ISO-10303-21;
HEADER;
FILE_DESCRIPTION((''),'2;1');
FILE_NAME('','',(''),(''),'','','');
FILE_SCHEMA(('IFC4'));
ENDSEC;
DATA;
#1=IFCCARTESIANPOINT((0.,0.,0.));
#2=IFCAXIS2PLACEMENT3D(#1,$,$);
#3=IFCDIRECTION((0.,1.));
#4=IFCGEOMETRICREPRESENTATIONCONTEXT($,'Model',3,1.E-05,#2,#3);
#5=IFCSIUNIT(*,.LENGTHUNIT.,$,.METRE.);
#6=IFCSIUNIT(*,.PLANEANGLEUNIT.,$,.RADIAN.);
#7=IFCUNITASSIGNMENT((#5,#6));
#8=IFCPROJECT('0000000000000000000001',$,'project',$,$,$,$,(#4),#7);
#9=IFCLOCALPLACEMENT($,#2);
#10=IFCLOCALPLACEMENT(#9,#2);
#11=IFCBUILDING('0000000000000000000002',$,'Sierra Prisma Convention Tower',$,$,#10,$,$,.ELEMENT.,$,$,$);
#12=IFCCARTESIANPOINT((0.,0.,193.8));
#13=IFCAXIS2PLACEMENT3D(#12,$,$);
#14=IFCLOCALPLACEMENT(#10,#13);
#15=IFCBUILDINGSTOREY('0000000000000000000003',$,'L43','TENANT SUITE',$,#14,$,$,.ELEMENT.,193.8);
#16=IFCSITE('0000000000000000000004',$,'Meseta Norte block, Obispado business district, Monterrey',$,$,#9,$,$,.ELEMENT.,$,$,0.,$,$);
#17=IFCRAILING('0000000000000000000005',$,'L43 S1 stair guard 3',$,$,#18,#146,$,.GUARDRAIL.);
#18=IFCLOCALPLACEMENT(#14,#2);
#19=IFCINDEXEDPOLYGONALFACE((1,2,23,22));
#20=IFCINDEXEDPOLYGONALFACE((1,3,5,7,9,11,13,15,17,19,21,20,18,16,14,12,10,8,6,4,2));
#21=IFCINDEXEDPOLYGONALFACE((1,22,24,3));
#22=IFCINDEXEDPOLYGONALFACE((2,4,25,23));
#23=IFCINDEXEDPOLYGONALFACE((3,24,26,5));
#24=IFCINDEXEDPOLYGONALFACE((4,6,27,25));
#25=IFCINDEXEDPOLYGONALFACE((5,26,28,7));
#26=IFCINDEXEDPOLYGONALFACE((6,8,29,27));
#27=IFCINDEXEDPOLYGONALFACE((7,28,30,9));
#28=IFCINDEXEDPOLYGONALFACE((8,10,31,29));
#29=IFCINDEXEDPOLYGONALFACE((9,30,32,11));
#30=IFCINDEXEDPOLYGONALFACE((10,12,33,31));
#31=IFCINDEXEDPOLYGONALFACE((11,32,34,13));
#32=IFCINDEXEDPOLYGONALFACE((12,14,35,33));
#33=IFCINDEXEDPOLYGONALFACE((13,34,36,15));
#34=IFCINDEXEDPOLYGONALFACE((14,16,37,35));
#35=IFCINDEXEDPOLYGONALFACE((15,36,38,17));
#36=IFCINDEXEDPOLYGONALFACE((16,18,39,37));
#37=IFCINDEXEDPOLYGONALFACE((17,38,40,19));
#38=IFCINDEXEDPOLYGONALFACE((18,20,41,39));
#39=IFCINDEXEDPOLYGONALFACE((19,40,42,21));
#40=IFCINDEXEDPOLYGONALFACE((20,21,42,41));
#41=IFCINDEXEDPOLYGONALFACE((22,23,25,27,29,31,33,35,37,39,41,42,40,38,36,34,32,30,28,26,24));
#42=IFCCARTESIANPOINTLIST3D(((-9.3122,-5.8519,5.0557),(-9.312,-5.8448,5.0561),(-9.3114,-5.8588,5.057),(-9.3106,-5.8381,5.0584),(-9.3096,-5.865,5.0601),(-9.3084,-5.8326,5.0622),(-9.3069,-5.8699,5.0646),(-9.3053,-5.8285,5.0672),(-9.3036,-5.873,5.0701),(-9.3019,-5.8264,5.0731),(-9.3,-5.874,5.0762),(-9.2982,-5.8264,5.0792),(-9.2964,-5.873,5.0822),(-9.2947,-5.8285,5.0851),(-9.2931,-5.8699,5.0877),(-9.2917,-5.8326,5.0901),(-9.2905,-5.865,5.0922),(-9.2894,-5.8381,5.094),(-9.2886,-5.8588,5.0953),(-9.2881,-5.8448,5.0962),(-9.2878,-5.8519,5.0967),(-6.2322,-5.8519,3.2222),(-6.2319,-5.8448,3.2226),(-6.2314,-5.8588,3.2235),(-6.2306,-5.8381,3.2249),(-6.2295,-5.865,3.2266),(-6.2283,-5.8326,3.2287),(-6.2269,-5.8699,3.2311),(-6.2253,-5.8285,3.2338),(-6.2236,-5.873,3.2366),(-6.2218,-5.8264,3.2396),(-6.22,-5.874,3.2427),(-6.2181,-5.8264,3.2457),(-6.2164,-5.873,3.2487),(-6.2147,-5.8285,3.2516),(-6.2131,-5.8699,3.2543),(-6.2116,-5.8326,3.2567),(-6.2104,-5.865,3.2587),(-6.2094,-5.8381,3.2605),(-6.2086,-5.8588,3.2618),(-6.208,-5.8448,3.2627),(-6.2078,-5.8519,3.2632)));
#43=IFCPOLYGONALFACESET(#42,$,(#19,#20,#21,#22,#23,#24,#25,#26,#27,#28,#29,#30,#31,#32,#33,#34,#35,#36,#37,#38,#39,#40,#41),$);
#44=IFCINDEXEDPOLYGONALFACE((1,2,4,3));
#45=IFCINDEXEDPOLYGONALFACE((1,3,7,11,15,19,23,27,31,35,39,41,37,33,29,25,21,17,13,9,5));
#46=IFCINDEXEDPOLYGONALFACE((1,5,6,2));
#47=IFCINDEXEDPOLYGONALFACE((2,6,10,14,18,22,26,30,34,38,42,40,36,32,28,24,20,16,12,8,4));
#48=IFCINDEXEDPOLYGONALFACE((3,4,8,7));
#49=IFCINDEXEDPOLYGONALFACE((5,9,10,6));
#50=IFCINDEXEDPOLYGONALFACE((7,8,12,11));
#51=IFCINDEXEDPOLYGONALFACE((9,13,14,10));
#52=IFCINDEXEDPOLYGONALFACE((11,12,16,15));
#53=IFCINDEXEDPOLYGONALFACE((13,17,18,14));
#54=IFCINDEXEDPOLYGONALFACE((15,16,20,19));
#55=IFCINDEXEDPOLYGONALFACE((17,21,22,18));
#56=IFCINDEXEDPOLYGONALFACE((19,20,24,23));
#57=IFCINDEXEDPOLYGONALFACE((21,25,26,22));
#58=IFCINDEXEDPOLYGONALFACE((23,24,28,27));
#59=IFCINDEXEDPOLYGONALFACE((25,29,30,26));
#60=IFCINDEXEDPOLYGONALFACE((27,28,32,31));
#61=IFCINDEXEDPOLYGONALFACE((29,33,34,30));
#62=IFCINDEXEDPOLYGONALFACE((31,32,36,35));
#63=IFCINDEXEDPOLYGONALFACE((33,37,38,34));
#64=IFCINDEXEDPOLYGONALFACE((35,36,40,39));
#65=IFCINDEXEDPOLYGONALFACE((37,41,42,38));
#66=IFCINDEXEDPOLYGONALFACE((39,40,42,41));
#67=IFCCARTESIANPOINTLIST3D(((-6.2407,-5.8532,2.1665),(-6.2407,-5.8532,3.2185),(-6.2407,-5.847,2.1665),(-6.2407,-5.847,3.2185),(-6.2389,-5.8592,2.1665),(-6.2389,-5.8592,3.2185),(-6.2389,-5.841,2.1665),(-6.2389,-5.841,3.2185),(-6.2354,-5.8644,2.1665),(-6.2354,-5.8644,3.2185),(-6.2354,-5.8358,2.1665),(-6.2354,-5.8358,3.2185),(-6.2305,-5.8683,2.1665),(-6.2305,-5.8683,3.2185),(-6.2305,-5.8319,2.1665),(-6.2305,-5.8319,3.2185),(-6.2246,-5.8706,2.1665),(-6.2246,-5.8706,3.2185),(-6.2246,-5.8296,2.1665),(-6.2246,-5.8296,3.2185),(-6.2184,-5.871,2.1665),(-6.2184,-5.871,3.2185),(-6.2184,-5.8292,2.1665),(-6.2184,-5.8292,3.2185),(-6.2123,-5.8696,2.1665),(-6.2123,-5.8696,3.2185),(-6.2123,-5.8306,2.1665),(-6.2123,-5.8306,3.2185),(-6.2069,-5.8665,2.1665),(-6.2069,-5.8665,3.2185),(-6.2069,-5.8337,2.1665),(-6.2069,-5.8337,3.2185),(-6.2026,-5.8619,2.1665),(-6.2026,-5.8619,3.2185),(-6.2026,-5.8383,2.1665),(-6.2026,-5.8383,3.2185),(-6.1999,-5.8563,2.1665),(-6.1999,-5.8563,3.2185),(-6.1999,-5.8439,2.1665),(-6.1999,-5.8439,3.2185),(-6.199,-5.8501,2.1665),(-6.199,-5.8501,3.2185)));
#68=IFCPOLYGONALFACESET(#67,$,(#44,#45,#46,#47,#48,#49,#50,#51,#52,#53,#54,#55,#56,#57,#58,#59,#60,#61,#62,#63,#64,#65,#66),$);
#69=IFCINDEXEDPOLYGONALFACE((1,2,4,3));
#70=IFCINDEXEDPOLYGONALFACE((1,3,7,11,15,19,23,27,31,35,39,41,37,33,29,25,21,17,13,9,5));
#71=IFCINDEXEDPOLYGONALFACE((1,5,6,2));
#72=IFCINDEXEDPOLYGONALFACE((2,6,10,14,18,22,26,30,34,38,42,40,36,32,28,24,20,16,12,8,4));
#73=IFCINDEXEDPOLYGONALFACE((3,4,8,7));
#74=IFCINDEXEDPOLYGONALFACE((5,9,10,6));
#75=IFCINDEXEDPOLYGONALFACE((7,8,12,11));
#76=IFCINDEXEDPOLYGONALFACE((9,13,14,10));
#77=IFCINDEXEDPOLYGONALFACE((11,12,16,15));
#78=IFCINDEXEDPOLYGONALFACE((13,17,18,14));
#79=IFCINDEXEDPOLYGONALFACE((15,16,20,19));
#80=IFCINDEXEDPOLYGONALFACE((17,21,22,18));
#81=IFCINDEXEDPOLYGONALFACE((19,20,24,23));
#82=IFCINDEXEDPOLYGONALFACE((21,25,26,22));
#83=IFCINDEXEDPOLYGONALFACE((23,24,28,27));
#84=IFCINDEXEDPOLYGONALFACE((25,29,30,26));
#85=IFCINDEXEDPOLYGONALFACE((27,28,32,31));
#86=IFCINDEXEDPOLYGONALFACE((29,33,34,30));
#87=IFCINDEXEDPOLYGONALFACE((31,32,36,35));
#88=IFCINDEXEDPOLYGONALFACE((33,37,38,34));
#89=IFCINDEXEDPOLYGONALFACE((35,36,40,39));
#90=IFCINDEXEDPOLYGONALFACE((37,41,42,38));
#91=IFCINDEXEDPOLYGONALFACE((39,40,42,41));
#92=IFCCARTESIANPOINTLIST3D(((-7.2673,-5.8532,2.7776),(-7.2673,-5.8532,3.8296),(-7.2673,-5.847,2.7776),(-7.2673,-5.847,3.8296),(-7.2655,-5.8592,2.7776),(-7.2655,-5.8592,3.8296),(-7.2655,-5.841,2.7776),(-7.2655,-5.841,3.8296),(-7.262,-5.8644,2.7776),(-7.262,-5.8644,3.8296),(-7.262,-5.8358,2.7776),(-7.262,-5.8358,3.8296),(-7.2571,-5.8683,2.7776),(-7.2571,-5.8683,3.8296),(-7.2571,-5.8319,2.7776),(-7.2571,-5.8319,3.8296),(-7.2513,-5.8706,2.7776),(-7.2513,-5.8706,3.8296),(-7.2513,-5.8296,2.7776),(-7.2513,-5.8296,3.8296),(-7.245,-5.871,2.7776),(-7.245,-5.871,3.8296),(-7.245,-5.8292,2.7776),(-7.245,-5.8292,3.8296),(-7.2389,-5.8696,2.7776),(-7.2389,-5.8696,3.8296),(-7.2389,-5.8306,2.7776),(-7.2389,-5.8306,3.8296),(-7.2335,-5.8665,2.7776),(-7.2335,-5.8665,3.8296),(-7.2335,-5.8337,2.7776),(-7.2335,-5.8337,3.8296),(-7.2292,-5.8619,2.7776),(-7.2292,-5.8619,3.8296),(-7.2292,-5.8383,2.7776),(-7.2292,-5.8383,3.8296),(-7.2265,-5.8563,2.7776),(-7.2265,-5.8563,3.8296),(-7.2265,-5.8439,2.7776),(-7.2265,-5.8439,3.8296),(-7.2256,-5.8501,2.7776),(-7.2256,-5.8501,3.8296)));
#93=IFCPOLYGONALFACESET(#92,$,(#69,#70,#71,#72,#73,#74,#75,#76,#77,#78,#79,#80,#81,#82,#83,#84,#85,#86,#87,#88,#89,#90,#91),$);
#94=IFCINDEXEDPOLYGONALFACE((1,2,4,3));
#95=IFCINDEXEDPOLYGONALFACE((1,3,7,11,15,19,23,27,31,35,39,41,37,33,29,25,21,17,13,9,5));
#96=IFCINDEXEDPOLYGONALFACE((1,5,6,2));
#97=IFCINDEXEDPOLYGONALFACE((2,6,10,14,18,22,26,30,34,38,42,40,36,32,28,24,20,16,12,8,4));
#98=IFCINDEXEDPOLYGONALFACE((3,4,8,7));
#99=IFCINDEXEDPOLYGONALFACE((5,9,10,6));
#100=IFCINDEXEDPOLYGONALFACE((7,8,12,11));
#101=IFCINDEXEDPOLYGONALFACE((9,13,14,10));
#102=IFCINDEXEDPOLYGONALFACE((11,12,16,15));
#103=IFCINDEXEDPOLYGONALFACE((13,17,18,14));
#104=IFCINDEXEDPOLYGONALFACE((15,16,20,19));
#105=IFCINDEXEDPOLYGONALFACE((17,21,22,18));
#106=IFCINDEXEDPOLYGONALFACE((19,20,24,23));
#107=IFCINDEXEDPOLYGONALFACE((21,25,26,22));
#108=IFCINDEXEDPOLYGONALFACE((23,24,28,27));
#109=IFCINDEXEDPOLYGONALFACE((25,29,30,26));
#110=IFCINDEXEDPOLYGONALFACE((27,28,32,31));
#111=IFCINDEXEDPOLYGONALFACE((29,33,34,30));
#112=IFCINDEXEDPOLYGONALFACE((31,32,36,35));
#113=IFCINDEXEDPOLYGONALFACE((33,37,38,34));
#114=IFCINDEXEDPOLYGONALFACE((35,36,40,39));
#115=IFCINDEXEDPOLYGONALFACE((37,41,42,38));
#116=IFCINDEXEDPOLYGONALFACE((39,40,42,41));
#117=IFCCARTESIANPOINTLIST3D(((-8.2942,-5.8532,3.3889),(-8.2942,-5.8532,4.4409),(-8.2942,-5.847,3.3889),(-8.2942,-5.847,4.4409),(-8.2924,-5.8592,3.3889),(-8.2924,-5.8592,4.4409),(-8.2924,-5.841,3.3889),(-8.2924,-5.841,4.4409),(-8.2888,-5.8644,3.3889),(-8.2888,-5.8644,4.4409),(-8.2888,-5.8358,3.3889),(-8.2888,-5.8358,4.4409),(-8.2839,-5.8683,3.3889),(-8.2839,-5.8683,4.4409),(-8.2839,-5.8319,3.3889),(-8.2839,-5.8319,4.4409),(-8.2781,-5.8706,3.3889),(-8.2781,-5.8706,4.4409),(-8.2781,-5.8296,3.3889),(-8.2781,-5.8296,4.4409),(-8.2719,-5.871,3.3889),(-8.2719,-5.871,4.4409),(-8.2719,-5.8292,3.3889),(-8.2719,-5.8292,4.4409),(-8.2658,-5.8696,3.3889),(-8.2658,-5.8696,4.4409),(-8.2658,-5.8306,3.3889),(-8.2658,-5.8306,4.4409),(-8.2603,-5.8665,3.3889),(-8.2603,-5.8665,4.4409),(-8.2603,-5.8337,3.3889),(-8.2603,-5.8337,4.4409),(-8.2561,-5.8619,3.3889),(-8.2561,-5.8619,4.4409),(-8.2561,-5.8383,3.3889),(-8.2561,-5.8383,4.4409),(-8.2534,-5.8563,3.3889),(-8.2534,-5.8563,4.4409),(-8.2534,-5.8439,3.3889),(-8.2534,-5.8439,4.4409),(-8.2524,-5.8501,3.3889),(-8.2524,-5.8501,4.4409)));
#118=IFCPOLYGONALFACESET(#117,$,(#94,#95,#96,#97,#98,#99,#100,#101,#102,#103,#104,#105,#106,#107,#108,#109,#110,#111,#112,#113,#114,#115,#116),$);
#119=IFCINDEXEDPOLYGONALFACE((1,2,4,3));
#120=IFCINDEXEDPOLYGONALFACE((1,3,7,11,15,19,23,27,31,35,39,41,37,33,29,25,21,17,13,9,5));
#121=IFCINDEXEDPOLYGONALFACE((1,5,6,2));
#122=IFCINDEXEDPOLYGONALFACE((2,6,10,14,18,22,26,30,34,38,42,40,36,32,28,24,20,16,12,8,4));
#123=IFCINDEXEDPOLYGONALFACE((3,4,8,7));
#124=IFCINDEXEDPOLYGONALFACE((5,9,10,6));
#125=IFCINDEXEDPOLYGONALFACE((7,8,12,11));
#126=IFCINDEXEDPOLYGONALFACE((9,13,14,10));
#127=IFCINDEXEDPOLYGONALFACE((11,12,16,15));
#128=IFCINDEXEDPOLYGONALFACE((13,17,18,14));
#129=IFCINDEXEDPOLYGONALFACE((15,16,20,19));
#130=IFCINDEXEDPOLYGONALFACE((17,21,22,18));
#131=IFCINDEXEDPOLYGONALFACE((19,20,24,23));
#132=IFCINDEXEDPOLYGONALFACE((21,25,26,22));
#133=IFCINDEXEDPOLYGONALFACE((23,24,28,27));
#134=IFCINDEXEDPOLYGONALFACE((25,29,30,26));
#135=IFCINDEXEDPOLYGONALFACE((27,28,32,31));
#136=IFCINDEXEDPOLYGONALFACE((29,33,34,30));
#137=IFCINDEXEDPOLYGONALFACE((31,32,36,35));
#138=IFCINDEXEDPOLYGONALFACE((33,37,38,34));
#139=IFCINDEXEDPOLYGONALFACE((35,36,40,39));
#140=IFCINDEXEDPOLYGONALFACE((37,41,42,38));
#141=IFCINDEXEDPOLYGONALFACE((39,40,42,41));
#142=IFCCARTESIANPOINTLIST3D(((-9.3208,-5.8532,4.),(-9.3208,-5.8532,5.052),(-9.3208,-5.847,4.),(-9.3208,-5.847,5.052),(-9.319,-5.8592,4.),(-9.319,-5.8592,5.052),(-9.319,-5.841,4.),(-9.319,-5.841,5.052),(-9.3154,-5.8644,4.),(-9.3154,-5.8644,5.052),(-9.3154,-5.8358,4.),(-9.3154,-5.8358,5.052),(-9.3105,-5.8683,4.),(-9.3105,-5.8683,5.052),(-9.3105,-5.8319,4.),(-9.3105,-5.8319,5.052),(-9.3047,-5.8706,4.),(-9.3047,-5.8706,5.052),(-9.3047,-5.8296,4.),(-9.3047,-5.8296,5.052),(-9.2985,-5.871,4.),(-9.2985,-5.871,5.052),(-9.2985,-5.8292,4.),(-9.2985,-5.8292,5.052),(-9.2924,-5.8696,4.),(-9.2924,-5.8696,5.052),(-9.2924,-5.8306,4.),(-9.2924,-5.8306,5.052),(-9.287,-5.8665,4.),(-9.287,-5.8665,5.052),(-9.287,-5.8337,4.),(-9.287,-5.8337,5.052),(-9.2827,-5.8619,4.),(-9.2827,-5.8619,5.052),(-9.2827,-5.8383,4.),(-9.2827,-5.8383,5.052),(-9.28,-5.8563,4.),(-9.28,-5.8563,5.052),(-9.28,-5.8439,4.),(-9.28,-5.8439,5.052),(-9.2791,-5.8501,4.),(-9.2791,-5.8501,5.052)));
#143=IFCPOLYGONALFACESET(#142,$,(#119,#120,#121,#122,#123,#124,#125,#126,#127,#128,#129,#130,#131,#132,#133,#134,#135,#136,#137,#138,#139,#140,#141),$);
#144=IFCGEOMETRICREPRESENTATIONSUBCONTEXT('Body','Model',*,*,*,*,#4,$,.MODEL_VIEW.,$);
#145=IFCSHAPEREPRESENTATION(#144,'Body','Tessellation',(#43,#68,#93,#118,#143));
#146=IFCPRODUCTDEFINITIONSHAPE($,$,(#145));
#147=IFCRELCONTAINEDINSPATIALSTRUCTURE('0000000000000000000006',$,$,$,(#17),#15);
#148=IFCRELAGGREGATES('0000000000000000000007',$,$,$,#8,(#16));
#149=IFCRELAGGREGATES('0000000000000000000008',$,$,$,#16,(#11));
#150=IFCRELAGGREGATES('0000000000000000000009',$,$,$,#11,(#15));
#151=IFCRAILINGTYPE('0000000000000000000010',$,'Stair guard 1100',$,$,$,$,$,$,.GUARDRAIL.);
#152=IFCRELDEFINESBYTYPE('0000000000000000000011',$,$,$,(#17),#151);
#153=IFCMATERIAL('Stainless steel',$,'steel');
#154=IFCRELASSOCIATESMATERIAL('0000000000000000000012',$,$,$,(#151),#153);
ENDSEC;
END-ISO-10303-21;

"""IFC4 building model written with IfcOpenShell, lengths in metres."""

from ifc_helpers import new_model, si_unit, direction, frame, origin, origin_2d, place, context, subcontext, project, spatial, circle, extrude, material, type_object, element, save


model = new_model("IFC4")

# Units and contexts
model_context = context("Model", 3, precision=1e-05, world=origin(), true_north=direction((0.0, 1.0)))
body_context = subcontext(model_context, "Body", "Model", "MODEL_VIEW")
ifc_project = project(units=[si_unit("LENGTHUNIT", "METRE"), si_unit("PLANEANGLEUNIT", "RADIAN")], contexts=[model_context])

# Site, building, storey
site_placement = place(None, origin())
site = spatial("IfcSite", under=ifc_project, at=site_placement, Name="Meseta Norte block, Obispado business district, Monterrey", CompositionType="ELEMENT", RefElevation=0.0)
building_placement = place(site_placement, origin())
building = spatial("IfcBuilding", under=site, at=building_placement, Name="Sierra Prisma Convention Tower", CompositionType="ELEMENT")
storey_placement = place(building_placement, frame((0.0, 0.0, 193.8)))
storey = spatial("IfcBuildingStorey", under=building, at=storey_placement, Name="L43", Description="TENANT SUITE", CompositionType="ELEMENT", Elevation=193.8)

# Railing
ifc_material_1 = material(Name="Stainless steel", Category="steel")
railing_type_1 = type_object("IfcRailingType", Name="Stair guard 1100", PredefinedType="GUARDRAIL", material=ifc_material_1)
railing_1_placement = place(storey_placement, frame((-6.22, -5.8501, 2.1665)))
element("IfcRailing", 1, at=railing_1_placement, inside=storey, type_object=railing_type_1, Name="L43 S1 stair guard 3", PredefinedType="GUARDRAIL", context=body_context, shape_type="SweptSolid", body=[
    extrude(circle(Radius=0.0239, at=origin_2d()), frame((0.0, 0.0, 1.0762), z_axis=(-0.859279, 0.0, 0.511508), x_axis=(0.0, -1.0, 0.0)), (0.0, 0.0, 1.0), 3.5845),
    extrude(circle(Radius=0.021, at=origin_2d()), origin(), (0.0, 0.0, 1.0), 1.052),
    extrude(circle(Radius=0.021, at=origin_2d()), frame((-1.0266, 0.0, 0.6111)), (0.0, 0.0, 1.0), 1.052),
    extrude(circle(Radius=0.021, at=origin_2d()), frame((-2.0535, 0.0, 1.2224)), (0.0, 0.0, 1.0), 1.052),
    extrude(circle(Radius=0.021, at=origin_2d()), frame((-3.0801, 0.0, 1.8335)), (0.0, 0.0, 1.0), 1.052),
])

save(model, "model.ifc")
